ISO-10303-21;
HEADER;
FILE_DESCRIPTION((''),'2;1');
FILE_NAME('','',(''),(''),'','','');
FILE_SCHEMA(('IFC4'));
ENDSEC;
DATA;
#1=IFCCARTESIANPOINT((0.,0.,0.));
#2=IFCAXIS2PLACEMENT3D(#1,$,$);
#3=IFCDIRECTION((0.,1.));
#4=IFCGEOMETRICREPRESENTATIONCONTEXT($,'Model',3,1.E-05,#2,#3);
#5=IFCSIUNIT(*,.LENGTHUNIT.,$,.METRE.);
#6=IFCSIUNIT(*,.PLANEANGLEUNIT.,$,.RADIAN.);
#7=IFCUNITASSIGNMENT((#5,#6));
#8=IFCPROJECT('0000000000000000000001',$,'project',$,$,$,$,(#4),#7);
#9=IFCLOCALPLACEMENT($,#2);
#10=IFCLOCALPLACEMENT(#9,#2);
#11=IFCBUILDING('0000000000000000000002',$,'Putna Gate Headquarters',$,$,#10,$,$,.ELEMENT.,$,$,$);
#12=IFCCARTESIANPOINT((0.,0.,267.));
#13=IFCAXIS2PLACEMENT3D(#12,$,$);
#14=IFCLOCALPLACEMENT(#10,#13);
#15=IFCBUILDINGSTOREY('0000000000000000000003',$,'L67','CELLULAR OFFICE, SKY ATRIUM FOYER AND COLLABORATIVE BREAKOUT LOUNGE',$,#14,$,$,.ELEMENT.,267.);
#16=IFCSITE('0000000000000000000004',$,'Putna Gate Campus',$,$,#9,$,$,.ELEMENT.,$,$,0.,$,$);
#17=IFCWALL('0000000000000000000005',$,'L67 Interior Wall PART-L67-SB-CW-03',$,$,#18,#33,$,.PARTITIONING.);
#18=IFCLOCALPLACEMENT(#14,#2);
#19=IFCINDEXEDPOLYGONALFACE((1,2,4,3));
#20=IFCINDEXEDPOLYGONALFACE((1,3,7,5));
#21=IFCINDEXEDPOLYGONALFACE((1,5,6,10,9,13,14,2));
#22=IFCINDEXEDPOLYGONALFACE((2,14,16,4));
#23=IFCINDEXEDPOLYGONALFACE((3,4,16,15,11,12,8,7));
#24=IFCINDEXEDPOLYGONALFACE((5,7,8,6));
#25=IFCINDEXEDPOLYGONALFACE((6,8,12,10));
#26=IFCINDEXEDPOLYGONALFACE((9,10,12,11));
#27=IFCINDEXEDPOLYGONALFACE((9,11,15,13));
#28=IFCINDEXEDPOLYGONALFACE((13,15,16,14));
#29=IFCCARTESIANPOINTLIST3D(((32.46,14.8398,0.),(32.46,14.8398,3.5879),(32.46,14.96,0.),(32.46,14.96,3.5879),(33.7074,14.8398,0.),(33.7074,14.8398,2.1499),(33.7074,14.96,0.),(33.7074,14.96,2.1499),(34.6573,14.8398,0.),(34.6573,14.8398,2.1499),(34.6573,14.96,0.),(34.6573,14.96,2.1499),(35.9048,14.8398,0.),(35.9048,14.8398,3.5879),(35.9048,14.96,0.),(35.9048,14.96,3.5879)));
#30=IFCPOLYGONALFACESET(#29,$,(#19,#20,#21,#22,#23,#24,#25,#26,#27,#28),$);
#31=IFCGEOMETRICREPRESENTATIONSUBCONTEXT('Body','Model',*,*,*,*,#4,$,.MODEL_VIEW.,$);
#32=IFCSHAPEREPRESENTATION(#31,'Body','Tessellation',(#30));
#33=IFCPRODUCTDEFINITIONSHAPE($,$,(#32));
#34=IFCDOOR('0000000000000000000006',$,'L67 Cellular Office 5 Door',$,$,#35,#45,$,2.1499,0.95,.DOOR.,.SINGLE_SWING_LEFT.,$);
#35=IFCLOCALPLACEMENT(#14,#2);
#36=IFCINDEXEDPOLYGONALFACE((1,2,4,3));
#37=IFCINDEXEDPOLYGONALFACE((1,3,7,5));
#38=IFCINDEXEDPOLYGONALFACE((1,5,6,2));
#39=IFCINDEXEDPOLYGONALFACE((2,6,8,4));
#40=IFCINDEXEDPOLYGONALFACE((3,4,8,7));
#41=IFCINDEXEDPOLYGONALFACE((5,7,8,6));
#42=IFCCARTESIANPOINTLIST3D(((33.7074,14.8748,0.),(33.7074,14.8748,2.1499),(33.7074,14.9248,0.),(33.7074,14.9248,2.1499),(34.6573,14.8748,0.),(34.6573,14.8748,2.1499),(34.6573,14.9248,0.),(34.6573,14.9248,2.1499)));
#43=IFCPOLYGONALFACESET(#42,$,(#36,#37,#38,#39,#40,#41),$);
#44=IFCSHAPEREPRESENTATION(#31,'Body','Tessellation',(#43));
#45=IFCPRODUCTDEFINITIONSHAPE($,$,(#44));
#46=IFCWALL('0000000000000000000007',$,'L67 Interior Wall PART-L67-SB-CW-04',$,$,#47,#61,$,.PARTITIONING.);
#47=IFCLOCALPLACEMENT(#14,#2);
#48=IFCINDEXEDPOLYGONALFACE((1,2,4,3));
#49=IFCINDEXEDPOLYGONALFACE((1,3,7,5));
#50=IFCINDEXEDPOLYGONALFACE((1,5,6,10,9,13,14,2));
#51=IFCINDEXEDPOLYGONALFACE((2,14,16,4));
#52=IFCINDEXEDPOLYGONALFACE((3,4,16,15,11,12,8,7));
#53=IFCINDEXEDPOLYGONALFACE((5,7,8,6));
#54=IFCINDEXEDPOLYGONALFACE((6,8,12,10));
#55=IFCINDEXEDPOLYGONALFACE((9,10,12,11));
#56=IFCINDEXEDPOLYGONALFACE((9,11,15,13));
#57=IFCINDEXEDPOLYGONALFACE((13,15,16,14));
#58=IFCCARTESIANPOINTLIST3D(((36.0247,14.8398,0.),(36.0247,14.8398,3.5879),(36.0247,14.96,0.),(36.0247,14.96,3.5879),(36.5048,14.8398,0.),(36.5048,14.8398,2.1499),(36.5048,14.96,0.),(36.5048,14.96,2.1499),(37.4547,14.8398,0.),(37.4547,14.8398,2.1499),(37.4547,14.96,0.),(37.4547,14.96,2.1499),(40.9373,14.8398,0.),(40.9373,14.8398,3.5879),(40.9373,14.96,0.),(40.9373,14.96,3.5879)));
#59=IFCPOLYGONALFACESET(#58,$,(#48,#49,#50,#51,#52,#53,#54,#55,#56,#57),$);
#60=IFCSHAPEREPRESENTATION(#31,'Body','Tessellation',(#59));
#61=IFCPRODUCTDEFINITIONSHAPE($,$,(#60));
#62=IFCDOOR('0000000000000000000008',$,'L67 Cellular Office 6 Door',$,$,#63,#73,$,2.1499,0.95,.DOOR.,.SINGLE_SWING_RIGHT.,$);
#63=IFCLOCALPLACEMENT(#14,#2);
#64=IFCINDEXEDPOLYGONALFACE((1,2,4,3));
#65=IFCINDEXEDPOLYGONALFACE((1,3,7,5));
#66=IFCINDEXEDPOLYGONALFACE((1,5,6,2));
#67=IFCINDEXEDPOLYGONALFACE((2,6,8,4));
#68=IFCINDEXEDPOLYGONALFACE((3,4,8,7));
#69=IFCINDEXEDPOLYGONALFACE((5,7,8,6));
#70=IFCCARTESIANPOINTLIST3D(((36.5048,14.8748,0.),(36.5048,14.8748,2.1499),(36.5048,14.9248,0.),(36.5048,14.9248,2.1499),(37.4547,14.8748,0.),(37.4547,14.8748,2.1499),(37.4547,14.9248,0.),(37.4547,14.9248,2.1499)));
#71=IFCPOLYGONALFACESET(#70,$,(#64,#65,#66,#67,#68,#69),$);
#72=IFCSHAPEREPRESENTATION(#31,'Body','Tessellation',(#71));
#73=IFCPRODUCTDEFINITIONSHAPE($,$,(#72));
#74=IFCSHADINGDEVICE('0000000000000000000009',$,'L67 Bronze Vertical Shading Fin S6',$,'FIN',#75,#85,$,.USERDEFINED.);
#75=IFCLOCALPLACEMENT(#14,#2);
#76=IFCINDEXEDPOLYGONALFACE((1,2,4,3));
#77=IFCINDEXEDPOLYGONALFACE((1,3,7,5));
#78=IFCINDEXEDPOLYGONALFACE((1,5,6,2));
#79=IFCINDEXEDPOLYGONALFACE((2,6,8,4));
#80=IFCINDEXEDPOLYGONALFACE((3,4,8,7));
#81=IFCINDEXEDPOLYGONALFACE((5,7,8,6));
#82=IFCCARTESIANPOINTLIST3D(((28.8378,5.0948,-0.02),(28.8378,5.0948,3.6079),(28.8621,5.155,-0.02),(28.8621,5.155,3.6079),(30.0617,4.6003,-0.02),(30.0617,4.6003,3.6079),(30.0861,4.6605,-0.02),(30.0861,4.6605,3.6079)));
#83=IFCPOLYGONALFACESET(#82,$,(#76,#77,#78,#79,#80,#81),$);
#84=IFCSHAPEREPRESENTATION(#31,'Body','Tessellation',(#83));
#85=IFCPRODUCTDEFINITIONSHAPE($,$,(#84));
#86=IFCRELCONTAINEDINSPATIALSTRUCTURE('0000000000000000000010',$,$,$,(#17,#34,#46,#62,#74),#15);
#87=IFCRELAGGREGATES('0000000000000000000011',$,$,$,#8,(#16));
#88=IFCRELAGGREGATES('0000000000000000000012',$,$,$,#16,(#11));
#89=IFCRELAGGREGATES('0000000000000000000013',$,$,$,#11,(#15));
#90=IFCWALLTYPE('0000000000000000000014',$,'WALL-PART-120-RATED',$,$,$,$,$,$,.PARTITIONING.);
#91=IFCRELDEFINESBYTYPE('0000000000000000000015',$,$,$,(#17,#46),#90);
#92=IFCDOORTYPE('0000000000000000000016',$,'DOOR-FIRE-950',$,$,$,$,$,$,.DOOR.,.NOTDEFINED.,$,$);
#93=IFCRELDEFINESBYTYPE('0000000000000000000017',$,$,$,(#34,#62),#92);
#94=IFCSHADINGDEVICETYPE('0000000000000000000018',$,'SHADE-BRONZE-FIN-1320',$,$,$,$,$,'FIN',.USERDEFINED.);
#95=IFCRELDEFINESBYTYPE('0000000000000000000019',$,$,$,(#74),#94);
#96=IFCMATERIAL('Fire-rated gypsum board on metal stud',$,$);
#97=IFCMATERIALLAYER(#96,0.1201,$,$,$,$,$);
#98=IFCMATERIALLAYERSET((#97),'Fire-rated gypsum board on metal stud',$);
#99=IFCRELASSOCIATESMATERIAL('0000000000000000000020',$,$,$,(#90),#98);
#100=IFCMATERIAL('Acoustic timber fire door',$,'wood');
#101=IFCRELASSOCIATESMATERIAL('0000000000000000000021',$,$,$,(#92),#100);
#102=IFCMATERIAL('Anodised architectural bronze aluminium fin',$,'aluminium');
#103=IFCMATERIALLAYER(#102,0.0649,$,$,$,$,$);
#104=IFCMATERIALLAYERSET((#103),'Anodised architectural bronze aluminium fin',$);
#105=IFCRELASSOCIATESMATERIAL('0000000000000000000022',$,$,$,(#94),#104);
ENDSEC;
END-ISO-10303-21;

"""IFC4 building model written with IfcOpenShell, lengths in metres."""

from ifc_helpers import new_model, si_unit, direction, frame, frame_2d, origin, origin_2d, place, context, subcontext, project, spatial, rectangle, extrude, material, layer, layer_set, type_object, element, fill, save


model = new_model("IFC4")

# Units and contexts
model_context = context("Model", 3, precision=1e-05, world=origin(), true_north=direction((0.0, 1.0)))
body_context = subcontext(model_context, "Body", "Model", "MODEL_VIEW")
ifc_project = project(units=[si_unit("LENGTHUNIT", "METRE"), si_unit("PLANEANGLEUNIT", "RADIAN")], contexts=[model_context])

# Site, building, storey
site_placement = place(None, origin())
site = spatial("IfcSite", under=ifc_project, at=site_placement, Name="Putna Gate Campus", CompositionType="ELEMENT", RefElevation=0.0)
building_placement = place(site_placement, origin())
building = spatial("IfcBuilding", under=site, at=building_placement, Name="Putna Gate Headquarters", CompositionType="ELEMENT")
storey_placement = place(building_placement, frame((0.0, 0.0, 267.0)))
storey = spatial("IfcBuildingStorey", under=building, at=storey_placement, Name="L67", Description="CELLULAR OFFICE, SKY ATRIUM FOYER AND COLLABORATIVE BREAKOUT LOUNGE", CompositionType="ELEMENT", Elevation=267.0)

# Walls, openings, doors
ifc_material_1 = material(Name="Fire-rated gypsum board on metal stud")
ifc_layer_1 = layer(ifc_material_1, 0.1201)
ifc_layer_set_1 = layer_set([ifc_layer_1], Name="Fire-rated gypsum board on metal stud")
wall_type_1 = type_object("IfcWallType", Name="WALL-PART-120-RATED", PredefinedType="PARTITIONING", material=ifc_layer_set_1)
wall_1_placement = place(storey_placement, frame((32.46, 14.8999, 0.0), z_axis=(0.0, 0.0, 1.0), x_axis=(1.0, 0.0, 0.0)))
wall_1 = element("IfcWall", 1, at=wall_1_placement, inside=storey, type_object=wall_type_1, Name="L67 Interior Wall PART-L67-SB-CW-03", PredefinedType="PARTITIONING", context=body_context, shape_type="SweptSolid", body=[
    extrude(rectangle(XDim=3.4448, YDim=0.1201, at=frame_2d((1.7224, 0.0))), origin(), (0.0, 0.0, 1.0), 3.5879),
])
opening_1_placement = place(wall_1_placement, frame((1.2473, 0.0, 0.0)))
opening_1 = element("IfcOpeningElement", 2, at=opening_1_placement, cuts=wall_1, PredefinedType="OPENING", context=body_context, shape_type="SweptSolid", body=[
    extrude(rectangle(XDim=0.95, YDim=2.1499, at=frame_2d((0.4751, 1.075))), frame((0.0, 0.0701, 0.0), z_axis=(0.0, -1.0, 0.0), x_axis=(1.0, 0.0, 0.0)), (0.0, 0.0, 1.0), 0.1401),
])
ifc_material_2 = material(Name="Acoustic timber fire door", Category="wood")
door_type = type_object("IfcDoorType", Name="DOOR-FIRE-950", OperationType="NOTDEFINED", PredefinedType="DOOR", material=ifc_material_2)
door_1_placement = place(opening_1_placement, origin())
door_1 = element("IfcDoor", 3, at=door_1_placement, inside=storey, type_object=door_type, Name="L67 Cellular Office 5 Door", OperationType="SINGLE_SWING_LEFT", OverallHeight=2.1499, OverallWidth=0.95, PredefinedType="DOOR", context=body_context, shape_type="SweptSolid", body=[
    extrude(rectangle(XDim=0.95, YDim=2.1499, at=frame_2d((0.4751, 1.075))), frame((0.0, 0.0249, 0.0), z_axis=(0.0, -1.0, 0.0), x_axis=(1.0, 0.0, 0.0)), (0.0, 0.0, 1.0), 0.05),
])
fill(opening_1, door_1)
wall_2_placement = place(storey_placement, frame((36.0247, 14.8999, 0.0), z_axis=(0.0, 0.0, 1.0), x_axis=(1.0, 0.0, 0.0)))
wall_2 = element("IfcWall", 4, at=wall_2_placement, inside=storey, type_object=wall_type_1, Name="L67 Interior Wall PART-L67-SB-CW-04", PredefinedType="PARTITIONING", context=body_context, shape_type="SweptSolid", body=[
    extrude(rectangle(XDim=4.9126, YDim=0.1201, at=frame_2d((2.4563, 0.0))), origin(), (0.0, 0.0, 1.0), 3.5879),
])
opening_2_placement = place(wall_2_placement, frame((0.48, 0.0, 0.0)))
opening_2 = element("IfcOpeningElement", 5, at=opening_2_placement, cuts=wall_2, PredefinedType="OPENING", context=body_context, shape_type="SweptSolid", body=[
    extrude(rectangle(XDim=0.95, YDim=2.1499, at=frame_2d((0.4751, 1.075))), frame((0.0, 0.0701, 0.0), z_axis=(0.0, -1.0, 0.0), x_axis=(1.0, 0.0, 0.0)), (0.0, 0.0, 1.0), 0.1401),
])
door_2_placement = place(opening_2_placement, origin())
door_2 = element("IfcDoor", 6, at=door_2_placement, inside=storey, type_object=door_type, Name="L67 Cellular Office 6 Door", OperationType="SINGLE_SWING_RIGHT", OverallHeight=2.1499, OverallWidth=0.95, PredefinedType="DOOR", context=body_context, shape_type="SweptSolid", body=[
    extrude(rectangle(XDim=0.95, YDim=2.1499, at=frame_2d((0.4751, 1.075))), frame((0.0, 0.0249, 0.0), z_axis=(0.0, -1.0, 0.0), x_axis=(1.0, 0.0, 0.0)), (0.0, 0.0, 1.0), 0.05),
])
fill(opening_2, door_2)

# Shading device
ifc_material_3 = material(Name="Anodised architectural bronze aluminium fin", Category="aluminium")
ifc_layer_2 = layer(ifc_material_3, 0.0649)
ifc_layer_set_2 = layer_set([ifc_layer_2], Name="Anodised architectural bronze aluminium fin")
shading_device_type = type_object("IfcShadingDeviceType", Name="SHADE-BRONZE-FIN-1320", ElementType="FIN", PredefinedType="USERDEFINED", material=ifc_layer_set_2)
shading_device_placement = place(storey_placement, frame((29.4619, 4.8777, -0.02), z_axis=(0.0, 0.0, 1.0), x_axis=(0.927184, -0.374607, 0.0)))
element("IfcShadingDevice", 7, at=shading_device_placement, inside=storey, type_object=shading_device_type, Name="L67 Bronze Vertical Shading Fin S6", ObjectType="FIN", PredefinedType="USERDEFINED", context=body_context, shape_type="SweptSolid", body=[
    extrude(rectangle(XDim=1.3201, YDim=0.0649, at=origin_2d()), origin(), (0.0, 0.0, 1.0), 3.6279),
])

save(model, "model.ifc")
